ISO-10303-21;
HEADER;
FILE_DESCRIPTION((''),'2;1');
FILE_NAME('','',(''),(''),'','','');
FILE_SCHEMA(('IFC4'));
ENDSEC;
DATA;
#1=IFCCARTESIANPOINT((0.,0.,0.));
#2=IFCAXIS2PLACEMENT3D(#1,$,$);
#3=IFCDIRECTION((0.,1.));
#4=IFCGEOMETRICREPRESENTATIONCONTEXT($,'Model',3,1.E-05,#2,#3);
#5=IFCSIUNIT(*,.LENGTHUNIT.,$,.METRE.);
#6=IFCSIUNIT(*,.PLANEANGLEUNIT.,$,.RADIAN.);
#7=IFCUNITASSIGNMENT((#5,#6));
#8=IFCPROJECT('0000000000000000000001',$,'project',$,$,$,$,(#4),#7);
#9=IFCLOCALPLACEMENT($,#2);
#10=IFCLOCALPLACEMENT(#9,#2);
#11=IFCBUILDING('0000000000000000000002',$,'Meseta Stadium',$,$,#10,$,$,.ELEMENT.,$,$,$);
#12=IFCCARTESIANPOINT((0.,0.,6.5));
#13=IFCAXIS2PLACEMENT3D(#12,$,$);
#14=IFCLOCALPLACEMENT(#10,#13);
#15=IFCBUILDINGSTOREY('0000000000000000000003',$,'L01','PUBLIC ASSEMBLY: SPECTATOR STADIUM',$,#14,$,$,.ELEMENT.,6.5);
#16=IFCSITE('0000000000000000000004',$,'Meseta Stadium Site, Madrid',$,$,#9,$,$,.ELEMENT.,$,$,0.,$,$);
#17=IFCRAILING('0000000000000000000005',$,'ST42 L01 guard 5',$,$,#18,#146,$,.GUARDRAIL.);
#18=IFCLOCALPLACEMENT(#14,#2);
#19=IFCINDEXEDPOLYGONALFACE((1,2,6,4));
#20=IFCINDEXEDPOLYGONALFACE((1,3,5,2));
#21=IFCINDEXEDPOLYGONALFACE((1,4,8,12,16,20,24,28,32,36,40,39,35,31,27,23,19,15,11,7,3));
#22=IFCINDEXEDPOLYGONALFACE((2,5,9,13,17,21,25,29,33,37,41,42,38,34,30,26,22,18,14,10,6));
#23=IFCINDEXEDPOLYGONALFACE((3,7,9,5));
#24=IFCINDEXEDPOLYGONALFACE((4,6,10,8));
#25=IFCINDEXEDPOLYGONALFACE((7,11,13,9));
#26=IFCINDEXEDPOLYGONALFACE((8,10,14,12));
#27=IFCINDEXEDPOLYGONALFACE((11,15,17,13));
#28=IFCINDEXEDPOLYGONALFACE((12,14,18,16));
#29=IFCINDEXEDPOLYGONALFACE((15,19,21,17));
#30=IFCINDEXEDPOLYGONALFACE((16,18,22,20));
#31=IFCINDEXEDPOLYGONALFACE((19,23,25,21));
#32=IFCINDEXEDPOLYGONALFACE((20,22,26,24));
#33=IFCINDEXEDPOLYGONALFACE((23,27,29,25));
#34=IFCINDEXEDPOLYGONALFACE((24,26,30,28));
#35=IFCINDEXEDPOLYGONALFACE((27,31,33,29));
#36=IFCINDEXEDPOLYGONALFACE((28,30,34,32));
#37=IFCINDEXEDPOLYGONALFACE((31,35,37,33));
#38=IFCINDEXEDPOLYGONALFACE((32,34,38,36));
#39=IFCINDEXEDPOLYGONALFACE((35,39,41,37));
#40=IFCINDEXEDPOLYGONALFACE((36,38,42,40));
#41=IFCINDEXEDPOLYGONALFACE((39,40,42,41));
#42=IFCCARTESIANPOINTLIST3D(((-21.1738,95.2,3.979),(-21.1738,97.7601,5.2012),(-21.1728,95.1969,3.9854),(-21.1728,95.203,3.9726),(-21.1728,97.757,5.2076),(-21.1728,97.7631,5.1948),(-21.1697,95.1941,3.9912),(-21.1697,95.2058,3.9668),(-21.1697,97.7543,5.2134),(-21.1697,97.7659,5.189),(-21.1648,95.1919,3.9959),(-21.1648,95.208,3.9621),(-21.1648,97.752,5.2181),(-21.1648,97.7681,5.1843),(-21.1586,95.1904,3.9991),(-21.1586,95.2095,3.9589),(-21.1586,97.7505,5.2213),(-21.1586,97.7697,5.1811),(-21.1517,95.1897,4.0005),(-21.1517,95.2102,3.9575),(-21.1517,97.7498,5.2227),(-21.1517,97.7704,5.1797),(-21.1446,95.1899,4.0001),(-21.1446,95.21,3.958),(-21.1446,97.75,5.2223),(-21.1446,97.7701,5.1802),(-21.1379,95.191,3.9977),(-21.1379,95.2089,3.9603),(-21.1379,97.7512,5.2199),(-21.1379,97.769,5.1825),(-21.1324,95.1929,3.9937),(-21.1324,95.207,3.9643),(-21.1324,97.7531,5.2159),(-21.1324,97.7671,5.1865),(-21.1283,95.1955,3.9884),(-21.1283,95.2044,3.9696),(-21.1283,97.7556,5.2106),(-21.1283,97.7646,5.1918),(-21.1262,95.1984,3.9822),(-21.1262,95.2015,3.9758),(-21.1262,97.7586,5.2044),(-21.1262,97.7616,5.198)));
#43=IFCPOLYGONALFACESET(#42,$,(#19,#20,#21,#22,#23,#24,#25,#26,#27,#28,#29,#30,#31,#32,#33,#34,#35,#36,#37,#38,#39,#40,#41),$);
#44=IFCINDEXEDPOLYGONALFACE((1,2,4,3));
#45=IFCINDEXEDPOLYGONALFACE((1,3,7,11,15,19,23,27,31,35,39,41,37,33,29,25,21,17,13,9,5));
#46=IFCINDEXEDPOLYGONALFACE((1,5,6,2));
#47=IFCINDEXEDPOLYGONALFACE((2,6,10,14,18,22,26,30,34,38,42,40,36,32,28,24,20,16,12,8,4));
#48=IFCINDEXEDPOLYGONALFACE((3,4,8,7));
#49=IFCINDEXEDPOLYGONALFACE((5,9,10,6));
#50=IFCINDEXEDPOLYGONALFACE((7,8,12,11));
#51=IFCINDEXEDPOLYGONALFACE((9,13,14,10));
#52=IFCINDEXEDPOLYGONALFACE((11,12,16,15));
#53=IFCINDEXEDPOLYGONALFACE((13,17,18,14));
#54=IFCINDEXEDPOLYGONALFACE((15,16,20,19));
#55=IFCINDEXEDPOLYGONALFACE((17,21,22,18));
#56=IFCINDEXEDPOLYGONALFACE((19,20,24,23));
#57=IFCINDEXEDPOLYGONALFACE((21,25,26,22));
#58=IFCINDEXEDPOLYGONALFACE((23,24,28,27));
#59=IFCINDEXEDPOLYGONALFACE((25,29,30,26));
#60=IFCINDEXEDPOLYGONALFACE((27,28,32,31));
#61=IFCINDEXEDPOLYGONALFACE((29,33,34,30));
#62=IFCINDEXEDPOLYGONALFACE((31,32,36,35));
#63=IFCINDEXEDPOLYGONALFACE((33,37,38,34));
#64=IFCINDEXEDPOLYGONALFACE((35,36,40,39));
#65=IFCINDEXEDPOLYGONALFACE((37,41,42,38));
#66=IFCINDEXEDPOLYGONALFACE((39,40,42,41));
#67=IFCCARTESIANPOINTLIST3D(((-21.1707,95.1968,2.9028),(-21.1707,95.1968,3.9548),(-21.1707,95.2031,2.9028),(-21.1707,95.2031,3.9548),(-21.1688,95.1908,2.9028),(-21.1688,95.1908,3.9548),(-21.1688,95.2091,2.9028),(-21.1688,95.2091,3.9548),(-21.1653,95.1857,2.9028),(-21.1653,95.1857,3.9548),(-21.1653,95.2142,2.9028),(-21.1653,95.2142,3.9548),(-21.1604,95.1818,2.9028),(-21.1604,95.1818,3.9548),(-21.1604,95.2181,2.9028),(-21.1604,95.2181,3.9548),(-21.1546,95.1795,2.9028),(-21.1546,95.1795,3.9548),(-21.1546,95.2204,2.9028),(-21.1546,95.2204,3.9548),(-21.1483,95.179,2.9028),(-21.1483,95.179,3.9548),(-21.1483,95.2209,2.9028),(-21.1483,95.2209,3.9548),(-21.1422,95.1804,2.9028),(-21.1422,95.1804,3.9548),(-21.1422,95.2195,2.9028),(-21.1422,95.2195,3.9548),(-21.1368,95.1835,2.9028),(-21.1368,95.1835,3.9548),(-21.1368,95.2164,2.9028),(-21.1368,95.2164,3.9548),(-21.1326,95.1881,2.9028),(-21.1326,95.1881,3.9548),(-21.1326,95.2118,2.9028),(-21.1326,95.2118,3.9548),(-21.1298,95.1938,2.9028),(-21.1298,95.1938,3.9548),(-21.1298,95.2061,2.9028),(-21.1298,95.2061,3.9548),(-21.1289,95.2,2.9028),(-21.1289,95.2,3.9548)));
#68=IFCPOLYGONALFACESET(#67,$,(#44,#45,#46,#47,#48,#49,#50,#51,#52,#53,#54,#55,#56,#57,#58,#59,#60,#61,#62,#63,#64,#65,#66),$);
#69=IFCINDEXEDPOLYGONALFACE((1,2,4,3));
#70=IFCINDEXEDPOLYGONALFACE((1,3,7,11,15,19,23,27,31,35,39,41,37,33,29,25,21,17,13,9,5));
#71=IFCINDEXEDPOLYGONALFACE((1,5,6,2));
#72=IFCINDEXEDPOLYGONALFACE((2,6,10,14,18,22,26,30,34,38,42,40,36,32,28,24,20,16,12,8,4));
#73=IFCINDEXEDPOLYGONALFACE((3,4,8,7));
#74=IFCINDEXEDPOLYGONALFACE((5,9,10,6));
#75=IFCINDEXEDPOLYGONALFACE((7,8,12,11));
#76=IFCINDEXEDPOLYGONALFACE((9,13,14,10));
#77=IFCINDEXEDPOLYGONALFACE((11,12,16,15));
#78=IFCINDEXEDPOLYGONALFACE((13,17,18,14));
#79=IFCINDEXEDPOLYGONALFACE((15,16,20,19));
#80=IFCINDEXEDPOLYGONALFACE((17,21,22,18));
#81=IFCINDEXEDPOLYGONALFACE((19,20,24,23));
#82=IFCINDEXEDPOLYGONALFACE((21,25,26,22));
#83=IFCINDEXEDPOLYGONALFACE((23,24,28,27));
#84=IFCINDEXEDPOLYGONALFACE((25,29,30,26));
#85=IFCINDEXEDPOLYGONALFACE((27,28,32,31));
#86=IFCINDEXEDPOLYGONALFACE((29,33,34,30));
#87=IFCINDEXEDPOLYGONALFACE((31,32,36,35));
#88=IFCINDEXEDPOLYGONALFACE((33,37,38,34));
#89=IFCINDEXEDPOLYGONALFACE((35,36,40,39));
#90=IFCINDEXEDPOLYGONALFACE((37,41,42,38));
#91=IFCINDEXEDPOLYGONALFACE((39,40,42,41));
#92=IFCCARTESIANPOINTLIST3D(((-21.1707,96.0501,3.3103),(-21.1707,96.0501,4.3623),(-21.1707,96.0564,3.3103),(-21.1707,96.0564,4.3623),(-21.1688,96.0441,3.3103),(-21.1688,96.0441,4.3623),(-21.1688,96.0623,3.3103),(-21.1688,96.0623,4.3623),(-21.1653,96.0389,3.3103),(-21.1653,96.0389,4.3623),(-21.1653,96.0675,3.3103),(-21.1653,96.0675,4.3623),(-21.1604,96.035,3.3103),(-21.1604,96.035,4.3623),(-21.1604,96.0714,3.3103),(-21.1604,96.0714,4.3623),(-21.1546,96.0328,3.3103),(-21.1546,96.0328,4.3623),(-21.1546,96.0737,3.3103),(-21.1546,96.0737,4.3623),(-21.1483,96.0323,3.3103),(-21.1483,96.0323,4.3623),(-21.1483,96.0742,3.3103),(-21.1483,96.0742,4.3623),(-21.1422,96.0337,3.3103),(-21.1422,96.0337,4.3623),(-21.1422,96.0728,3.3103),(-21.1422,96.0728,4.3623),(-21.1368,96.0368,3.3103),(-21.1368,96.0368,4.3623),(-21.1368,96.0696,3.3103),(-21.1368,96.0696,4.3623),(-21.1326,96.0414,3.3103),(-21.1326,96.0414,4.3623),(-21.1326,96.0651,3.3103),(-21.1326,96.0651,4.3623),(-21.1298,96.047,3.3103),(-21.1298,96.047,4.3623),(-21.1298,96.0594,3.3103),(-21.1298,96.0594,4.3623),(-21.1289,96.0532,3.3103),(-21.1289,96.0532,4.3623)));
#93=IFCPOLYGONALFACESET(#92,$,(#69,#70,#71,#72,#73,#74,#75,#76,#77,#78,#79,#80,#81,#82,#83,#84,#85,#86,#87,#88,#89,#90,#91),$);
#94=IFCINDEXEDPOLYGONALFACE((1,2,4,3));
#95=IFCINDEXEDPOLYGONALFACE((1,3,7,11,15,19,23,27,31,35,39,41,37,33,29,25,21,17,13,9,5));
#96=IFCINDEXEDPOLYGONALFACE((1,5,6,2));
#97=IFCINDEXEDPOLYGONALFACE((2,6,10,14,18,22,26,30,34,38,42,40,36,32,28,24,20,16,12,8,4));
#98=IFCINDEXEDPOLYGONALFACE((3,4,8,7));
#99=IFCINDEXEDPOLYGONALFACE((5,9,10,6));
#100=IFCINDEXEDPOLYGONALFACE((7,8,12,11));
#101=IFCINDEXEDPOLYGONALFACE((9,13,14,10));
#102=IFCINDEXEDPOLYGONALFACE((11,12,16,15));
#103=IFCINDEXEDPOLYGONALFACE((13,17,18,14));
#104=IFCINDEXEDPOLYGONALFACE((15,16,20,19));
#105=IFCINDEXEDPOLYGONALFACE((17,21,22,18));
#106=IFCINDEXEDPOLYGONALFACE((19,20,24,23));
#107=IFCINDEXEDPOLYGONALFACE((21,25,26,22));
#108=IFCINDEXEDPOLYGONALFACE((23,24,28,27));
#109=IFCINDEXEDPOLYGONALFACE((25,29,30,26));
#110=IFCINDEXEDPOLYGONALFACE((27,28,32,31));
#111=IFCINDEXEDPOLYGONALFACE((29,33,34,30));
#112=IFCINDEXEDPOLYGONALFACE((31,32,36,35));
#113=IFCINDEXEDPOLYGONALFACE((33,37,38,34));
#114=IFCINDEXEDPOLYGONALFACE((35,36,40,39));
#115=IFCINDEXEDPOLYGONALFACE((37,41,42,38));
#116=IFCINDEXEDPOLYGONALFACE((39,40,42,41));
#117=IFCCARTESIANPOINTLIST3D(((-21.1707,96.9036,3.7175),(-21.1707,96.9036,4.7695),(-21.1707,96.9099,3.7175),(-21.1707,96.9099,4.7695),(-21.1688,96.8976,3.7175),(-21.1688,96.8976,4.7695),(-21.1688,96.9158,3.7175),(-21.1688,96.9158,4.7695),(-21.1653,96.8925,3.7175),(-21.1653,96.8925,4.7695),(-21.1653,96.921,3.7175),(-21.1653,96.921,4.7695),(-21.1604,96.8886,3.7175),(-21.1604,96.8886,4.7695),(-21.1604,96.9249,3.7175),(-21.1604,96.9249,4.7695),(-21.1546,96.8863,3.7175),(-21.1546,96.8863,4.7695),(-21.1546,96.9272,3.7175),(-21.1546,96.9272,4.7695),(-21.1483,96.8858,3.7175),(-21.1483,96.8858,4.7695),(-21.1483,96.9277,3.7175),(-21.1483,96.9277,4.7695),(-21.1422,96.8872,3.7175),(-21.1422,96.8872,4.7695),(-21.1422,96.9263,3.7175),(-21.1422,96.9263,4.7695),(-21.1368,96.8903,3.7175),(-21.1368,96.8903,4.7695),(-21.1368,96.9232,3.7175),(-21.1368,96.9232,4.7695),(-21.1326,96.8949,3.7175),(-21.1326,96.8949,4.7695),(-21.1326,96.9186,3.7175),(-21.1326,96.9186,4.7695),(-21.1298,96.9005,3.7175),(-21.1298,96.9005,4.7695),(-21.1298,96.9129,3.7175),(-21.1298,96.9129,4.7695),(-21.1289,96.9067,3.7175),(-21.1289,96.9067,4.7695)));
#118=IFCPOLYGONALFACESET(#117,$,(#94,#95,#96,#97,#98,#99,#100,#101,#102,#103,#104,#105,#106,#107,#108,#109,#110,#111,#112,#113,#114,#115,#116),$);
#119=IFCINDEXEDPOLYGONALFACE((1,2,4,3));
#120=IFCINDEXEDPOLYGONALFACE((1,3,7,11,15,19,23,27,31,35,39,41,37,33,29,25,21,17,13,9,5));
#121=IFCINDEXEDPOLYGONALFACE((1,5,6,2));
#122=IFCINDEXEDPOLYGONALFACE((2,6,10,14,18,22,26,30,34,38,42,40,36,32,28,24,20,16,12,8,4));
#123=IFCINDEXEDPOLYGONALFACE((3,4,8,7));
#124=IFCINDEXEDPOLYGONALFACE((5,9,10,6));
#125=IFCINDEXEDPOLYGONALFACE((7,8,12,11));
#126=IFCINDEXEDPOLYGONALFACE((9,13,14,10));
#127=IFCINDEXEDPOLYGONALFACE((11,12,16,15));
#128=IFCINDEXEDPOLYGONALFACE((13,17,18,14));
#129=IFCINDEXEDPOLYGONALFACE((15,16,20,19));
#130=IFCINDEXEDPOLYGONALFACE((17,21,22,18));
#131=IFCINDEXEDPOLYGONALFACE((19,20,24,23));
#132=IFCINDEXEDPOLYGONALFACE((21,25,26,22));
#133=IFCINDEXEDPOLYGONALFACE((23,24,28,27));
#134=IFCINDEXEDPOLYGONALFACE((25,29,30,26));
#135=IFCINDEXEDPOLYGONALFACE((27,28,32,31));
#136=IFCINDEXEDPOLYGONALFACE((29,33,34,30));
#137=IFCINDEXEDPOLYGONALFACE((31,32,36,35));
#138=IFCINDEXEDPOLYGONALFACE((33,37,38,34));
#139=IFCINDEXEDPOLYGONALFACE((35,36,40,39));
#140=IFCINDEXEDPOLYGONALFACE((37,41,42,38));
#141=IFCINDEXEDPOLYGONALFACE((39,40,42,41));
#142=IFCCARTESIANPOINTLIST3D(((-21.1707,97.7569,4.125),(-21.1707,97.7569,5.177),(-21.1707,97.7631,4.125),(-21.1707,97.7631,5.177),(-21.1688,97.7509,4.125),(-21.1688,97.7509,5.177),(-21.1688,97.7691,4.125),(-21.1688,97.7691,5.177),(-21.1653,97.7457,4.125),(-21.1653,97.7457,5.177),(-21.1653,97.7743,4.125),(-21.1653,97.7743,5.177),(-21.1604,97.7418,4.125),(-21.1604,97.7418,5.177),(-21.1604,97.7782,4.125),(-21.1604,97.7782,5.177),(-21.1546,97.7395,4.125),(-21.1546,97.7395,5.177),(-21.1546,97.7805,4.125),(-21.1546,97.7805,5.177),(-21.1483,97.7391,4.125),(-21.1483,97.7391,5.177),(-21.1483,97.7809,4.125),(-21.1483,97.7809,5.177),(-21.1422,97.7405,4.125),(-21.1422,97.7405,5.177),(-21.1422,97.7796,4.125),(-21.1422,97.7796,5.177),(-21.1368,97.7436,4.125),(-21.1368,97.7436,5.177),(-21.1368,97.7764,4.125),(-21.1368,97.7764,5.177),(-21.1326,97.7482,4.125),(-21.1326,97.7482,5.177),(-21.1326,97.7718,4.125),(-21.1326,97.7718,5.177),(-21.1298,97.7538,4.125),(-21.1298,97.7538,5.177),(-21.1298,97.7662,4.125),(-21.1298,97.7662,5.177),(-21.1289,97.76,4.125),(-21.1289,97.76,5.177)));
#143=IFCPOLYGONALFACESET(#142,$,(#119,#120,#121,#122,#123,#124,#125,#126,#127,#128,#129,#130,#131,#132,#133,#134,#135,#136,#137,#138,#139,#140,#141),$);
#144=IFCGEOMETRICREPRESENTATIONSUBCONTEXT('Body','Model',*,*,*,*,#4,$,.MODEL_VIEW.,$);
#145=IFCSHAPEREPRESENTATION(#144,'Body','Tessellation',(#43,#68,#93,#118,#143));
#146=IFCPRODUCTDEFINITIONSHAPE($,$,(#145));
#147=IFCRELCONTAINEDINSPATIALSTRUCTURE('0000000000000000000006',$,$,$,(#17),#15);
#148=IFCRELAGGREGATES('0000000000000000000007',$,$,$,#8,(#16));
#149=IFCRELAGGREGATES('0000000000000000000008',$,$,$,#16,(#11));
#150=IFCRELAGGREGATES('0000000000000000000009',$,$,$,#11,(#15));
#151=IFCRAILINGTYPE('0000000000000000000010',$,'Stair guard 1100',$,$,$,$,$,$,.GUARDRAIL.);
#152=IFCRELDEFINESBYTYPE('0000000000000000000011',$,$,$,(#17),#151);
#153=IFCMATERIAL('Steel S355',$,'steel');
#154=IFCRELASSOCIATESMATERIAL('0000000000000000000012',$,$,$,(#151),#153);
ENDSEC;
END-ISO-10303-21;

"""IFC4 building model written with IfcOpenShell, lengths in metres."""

from ifc_helpers import new_model, si_unit, direction, frame, origin, origin_2d, place, context, subcontext, project, spatial, circle, extrude, material, type_object, element, save


model = new_model("IFC4")

# Units and contexts
model_context = context("Model", 3, precision=1e-05, world=origin(), true_north=direction((0.0, 1.0)))
body_context = subcontext(model_context, "Body", "Model", "MODEL_VIEW")
ifc_project = project(units=[si_unit("LENGTHUNIT", "METRE"), si_unit("PLANEANGLEUNIT", "RADIAN")], contexts=[model_context])

# Site, building, storey
site_placement = place(None, origin())
site = spatial("IfcSite", under=ifc_project, at=site_placement, Name="Meseta Stadium Site, Madrid", CompositionType="ELEMENT", RefElevation=0.0)
building_placement = place(site_placement, origin())
building = spatial("IfcBuilding", under=site, at=building_placement, Name="Meseta Stadium", CompositionType="ELEMENT")
storey_placement = place(building_placement, frame((0.0, 0.0, 6.5)))
storey = spatial("IfcBuildingStorey", under=building, at=storey_placement, Name="L01", Description="PUBLIC ASSEMBLY: SPECTATOR STADIUM", CompositionType="ELEMENT", Elevation=6.5)

# Railing
ifc_material_1 = material(Name="Steel S355", Category="steel")
railing_type_1 = type_object("IfcRailingType", Name="Stair guard 1100", PredefinedType="GUARDRAIL", material=ifc_material_1)
railing_1_placement = place(storey_placement, frame((-21.1499, 95.2, 2.9028)))
element("IfcRailing", 1, at=railing_1_placement, inside=storey, type_object=railing_type_1, Name="ST42 L01 guard 5", PredefinedType="GUARDRAIL", context=body_context, shape_type="SweptSolid", body=[
    extrude(circle(Radius=0.0239, at=origin_2d()), frame((0.0, 0.0, 1.0762), z_axis=(0.0, 0.902437, 0.430822), x_axis=(-1.0, 0.0, 0.0)), (0.0, 0.0, 1.0), 2.8369),
    extrude(circle(Radius=0.021, at=origin_2d()), origin(), (0.0, 0.0, 1.0), 1.052),
    extrude(circle(Radius=0.021, at=origin_2d()), frame((0.0, 0.8533, 0.4075)), (0.0, 0.0, 1.0), 1.052),
    extrude(circle(Radius=0.021, at=origin_2d()), frame((0.0, 1.7068, 0.8147)), (0.0, 0.0, 1.0), 1.052),
    extrude(circle(Radius=0.021, at=origin_2d()), frame((0.0, 2.5601, 1.2222)), (0.0, 0.0, 1.0), 1.052),
])

save(model, "model.ifc")
